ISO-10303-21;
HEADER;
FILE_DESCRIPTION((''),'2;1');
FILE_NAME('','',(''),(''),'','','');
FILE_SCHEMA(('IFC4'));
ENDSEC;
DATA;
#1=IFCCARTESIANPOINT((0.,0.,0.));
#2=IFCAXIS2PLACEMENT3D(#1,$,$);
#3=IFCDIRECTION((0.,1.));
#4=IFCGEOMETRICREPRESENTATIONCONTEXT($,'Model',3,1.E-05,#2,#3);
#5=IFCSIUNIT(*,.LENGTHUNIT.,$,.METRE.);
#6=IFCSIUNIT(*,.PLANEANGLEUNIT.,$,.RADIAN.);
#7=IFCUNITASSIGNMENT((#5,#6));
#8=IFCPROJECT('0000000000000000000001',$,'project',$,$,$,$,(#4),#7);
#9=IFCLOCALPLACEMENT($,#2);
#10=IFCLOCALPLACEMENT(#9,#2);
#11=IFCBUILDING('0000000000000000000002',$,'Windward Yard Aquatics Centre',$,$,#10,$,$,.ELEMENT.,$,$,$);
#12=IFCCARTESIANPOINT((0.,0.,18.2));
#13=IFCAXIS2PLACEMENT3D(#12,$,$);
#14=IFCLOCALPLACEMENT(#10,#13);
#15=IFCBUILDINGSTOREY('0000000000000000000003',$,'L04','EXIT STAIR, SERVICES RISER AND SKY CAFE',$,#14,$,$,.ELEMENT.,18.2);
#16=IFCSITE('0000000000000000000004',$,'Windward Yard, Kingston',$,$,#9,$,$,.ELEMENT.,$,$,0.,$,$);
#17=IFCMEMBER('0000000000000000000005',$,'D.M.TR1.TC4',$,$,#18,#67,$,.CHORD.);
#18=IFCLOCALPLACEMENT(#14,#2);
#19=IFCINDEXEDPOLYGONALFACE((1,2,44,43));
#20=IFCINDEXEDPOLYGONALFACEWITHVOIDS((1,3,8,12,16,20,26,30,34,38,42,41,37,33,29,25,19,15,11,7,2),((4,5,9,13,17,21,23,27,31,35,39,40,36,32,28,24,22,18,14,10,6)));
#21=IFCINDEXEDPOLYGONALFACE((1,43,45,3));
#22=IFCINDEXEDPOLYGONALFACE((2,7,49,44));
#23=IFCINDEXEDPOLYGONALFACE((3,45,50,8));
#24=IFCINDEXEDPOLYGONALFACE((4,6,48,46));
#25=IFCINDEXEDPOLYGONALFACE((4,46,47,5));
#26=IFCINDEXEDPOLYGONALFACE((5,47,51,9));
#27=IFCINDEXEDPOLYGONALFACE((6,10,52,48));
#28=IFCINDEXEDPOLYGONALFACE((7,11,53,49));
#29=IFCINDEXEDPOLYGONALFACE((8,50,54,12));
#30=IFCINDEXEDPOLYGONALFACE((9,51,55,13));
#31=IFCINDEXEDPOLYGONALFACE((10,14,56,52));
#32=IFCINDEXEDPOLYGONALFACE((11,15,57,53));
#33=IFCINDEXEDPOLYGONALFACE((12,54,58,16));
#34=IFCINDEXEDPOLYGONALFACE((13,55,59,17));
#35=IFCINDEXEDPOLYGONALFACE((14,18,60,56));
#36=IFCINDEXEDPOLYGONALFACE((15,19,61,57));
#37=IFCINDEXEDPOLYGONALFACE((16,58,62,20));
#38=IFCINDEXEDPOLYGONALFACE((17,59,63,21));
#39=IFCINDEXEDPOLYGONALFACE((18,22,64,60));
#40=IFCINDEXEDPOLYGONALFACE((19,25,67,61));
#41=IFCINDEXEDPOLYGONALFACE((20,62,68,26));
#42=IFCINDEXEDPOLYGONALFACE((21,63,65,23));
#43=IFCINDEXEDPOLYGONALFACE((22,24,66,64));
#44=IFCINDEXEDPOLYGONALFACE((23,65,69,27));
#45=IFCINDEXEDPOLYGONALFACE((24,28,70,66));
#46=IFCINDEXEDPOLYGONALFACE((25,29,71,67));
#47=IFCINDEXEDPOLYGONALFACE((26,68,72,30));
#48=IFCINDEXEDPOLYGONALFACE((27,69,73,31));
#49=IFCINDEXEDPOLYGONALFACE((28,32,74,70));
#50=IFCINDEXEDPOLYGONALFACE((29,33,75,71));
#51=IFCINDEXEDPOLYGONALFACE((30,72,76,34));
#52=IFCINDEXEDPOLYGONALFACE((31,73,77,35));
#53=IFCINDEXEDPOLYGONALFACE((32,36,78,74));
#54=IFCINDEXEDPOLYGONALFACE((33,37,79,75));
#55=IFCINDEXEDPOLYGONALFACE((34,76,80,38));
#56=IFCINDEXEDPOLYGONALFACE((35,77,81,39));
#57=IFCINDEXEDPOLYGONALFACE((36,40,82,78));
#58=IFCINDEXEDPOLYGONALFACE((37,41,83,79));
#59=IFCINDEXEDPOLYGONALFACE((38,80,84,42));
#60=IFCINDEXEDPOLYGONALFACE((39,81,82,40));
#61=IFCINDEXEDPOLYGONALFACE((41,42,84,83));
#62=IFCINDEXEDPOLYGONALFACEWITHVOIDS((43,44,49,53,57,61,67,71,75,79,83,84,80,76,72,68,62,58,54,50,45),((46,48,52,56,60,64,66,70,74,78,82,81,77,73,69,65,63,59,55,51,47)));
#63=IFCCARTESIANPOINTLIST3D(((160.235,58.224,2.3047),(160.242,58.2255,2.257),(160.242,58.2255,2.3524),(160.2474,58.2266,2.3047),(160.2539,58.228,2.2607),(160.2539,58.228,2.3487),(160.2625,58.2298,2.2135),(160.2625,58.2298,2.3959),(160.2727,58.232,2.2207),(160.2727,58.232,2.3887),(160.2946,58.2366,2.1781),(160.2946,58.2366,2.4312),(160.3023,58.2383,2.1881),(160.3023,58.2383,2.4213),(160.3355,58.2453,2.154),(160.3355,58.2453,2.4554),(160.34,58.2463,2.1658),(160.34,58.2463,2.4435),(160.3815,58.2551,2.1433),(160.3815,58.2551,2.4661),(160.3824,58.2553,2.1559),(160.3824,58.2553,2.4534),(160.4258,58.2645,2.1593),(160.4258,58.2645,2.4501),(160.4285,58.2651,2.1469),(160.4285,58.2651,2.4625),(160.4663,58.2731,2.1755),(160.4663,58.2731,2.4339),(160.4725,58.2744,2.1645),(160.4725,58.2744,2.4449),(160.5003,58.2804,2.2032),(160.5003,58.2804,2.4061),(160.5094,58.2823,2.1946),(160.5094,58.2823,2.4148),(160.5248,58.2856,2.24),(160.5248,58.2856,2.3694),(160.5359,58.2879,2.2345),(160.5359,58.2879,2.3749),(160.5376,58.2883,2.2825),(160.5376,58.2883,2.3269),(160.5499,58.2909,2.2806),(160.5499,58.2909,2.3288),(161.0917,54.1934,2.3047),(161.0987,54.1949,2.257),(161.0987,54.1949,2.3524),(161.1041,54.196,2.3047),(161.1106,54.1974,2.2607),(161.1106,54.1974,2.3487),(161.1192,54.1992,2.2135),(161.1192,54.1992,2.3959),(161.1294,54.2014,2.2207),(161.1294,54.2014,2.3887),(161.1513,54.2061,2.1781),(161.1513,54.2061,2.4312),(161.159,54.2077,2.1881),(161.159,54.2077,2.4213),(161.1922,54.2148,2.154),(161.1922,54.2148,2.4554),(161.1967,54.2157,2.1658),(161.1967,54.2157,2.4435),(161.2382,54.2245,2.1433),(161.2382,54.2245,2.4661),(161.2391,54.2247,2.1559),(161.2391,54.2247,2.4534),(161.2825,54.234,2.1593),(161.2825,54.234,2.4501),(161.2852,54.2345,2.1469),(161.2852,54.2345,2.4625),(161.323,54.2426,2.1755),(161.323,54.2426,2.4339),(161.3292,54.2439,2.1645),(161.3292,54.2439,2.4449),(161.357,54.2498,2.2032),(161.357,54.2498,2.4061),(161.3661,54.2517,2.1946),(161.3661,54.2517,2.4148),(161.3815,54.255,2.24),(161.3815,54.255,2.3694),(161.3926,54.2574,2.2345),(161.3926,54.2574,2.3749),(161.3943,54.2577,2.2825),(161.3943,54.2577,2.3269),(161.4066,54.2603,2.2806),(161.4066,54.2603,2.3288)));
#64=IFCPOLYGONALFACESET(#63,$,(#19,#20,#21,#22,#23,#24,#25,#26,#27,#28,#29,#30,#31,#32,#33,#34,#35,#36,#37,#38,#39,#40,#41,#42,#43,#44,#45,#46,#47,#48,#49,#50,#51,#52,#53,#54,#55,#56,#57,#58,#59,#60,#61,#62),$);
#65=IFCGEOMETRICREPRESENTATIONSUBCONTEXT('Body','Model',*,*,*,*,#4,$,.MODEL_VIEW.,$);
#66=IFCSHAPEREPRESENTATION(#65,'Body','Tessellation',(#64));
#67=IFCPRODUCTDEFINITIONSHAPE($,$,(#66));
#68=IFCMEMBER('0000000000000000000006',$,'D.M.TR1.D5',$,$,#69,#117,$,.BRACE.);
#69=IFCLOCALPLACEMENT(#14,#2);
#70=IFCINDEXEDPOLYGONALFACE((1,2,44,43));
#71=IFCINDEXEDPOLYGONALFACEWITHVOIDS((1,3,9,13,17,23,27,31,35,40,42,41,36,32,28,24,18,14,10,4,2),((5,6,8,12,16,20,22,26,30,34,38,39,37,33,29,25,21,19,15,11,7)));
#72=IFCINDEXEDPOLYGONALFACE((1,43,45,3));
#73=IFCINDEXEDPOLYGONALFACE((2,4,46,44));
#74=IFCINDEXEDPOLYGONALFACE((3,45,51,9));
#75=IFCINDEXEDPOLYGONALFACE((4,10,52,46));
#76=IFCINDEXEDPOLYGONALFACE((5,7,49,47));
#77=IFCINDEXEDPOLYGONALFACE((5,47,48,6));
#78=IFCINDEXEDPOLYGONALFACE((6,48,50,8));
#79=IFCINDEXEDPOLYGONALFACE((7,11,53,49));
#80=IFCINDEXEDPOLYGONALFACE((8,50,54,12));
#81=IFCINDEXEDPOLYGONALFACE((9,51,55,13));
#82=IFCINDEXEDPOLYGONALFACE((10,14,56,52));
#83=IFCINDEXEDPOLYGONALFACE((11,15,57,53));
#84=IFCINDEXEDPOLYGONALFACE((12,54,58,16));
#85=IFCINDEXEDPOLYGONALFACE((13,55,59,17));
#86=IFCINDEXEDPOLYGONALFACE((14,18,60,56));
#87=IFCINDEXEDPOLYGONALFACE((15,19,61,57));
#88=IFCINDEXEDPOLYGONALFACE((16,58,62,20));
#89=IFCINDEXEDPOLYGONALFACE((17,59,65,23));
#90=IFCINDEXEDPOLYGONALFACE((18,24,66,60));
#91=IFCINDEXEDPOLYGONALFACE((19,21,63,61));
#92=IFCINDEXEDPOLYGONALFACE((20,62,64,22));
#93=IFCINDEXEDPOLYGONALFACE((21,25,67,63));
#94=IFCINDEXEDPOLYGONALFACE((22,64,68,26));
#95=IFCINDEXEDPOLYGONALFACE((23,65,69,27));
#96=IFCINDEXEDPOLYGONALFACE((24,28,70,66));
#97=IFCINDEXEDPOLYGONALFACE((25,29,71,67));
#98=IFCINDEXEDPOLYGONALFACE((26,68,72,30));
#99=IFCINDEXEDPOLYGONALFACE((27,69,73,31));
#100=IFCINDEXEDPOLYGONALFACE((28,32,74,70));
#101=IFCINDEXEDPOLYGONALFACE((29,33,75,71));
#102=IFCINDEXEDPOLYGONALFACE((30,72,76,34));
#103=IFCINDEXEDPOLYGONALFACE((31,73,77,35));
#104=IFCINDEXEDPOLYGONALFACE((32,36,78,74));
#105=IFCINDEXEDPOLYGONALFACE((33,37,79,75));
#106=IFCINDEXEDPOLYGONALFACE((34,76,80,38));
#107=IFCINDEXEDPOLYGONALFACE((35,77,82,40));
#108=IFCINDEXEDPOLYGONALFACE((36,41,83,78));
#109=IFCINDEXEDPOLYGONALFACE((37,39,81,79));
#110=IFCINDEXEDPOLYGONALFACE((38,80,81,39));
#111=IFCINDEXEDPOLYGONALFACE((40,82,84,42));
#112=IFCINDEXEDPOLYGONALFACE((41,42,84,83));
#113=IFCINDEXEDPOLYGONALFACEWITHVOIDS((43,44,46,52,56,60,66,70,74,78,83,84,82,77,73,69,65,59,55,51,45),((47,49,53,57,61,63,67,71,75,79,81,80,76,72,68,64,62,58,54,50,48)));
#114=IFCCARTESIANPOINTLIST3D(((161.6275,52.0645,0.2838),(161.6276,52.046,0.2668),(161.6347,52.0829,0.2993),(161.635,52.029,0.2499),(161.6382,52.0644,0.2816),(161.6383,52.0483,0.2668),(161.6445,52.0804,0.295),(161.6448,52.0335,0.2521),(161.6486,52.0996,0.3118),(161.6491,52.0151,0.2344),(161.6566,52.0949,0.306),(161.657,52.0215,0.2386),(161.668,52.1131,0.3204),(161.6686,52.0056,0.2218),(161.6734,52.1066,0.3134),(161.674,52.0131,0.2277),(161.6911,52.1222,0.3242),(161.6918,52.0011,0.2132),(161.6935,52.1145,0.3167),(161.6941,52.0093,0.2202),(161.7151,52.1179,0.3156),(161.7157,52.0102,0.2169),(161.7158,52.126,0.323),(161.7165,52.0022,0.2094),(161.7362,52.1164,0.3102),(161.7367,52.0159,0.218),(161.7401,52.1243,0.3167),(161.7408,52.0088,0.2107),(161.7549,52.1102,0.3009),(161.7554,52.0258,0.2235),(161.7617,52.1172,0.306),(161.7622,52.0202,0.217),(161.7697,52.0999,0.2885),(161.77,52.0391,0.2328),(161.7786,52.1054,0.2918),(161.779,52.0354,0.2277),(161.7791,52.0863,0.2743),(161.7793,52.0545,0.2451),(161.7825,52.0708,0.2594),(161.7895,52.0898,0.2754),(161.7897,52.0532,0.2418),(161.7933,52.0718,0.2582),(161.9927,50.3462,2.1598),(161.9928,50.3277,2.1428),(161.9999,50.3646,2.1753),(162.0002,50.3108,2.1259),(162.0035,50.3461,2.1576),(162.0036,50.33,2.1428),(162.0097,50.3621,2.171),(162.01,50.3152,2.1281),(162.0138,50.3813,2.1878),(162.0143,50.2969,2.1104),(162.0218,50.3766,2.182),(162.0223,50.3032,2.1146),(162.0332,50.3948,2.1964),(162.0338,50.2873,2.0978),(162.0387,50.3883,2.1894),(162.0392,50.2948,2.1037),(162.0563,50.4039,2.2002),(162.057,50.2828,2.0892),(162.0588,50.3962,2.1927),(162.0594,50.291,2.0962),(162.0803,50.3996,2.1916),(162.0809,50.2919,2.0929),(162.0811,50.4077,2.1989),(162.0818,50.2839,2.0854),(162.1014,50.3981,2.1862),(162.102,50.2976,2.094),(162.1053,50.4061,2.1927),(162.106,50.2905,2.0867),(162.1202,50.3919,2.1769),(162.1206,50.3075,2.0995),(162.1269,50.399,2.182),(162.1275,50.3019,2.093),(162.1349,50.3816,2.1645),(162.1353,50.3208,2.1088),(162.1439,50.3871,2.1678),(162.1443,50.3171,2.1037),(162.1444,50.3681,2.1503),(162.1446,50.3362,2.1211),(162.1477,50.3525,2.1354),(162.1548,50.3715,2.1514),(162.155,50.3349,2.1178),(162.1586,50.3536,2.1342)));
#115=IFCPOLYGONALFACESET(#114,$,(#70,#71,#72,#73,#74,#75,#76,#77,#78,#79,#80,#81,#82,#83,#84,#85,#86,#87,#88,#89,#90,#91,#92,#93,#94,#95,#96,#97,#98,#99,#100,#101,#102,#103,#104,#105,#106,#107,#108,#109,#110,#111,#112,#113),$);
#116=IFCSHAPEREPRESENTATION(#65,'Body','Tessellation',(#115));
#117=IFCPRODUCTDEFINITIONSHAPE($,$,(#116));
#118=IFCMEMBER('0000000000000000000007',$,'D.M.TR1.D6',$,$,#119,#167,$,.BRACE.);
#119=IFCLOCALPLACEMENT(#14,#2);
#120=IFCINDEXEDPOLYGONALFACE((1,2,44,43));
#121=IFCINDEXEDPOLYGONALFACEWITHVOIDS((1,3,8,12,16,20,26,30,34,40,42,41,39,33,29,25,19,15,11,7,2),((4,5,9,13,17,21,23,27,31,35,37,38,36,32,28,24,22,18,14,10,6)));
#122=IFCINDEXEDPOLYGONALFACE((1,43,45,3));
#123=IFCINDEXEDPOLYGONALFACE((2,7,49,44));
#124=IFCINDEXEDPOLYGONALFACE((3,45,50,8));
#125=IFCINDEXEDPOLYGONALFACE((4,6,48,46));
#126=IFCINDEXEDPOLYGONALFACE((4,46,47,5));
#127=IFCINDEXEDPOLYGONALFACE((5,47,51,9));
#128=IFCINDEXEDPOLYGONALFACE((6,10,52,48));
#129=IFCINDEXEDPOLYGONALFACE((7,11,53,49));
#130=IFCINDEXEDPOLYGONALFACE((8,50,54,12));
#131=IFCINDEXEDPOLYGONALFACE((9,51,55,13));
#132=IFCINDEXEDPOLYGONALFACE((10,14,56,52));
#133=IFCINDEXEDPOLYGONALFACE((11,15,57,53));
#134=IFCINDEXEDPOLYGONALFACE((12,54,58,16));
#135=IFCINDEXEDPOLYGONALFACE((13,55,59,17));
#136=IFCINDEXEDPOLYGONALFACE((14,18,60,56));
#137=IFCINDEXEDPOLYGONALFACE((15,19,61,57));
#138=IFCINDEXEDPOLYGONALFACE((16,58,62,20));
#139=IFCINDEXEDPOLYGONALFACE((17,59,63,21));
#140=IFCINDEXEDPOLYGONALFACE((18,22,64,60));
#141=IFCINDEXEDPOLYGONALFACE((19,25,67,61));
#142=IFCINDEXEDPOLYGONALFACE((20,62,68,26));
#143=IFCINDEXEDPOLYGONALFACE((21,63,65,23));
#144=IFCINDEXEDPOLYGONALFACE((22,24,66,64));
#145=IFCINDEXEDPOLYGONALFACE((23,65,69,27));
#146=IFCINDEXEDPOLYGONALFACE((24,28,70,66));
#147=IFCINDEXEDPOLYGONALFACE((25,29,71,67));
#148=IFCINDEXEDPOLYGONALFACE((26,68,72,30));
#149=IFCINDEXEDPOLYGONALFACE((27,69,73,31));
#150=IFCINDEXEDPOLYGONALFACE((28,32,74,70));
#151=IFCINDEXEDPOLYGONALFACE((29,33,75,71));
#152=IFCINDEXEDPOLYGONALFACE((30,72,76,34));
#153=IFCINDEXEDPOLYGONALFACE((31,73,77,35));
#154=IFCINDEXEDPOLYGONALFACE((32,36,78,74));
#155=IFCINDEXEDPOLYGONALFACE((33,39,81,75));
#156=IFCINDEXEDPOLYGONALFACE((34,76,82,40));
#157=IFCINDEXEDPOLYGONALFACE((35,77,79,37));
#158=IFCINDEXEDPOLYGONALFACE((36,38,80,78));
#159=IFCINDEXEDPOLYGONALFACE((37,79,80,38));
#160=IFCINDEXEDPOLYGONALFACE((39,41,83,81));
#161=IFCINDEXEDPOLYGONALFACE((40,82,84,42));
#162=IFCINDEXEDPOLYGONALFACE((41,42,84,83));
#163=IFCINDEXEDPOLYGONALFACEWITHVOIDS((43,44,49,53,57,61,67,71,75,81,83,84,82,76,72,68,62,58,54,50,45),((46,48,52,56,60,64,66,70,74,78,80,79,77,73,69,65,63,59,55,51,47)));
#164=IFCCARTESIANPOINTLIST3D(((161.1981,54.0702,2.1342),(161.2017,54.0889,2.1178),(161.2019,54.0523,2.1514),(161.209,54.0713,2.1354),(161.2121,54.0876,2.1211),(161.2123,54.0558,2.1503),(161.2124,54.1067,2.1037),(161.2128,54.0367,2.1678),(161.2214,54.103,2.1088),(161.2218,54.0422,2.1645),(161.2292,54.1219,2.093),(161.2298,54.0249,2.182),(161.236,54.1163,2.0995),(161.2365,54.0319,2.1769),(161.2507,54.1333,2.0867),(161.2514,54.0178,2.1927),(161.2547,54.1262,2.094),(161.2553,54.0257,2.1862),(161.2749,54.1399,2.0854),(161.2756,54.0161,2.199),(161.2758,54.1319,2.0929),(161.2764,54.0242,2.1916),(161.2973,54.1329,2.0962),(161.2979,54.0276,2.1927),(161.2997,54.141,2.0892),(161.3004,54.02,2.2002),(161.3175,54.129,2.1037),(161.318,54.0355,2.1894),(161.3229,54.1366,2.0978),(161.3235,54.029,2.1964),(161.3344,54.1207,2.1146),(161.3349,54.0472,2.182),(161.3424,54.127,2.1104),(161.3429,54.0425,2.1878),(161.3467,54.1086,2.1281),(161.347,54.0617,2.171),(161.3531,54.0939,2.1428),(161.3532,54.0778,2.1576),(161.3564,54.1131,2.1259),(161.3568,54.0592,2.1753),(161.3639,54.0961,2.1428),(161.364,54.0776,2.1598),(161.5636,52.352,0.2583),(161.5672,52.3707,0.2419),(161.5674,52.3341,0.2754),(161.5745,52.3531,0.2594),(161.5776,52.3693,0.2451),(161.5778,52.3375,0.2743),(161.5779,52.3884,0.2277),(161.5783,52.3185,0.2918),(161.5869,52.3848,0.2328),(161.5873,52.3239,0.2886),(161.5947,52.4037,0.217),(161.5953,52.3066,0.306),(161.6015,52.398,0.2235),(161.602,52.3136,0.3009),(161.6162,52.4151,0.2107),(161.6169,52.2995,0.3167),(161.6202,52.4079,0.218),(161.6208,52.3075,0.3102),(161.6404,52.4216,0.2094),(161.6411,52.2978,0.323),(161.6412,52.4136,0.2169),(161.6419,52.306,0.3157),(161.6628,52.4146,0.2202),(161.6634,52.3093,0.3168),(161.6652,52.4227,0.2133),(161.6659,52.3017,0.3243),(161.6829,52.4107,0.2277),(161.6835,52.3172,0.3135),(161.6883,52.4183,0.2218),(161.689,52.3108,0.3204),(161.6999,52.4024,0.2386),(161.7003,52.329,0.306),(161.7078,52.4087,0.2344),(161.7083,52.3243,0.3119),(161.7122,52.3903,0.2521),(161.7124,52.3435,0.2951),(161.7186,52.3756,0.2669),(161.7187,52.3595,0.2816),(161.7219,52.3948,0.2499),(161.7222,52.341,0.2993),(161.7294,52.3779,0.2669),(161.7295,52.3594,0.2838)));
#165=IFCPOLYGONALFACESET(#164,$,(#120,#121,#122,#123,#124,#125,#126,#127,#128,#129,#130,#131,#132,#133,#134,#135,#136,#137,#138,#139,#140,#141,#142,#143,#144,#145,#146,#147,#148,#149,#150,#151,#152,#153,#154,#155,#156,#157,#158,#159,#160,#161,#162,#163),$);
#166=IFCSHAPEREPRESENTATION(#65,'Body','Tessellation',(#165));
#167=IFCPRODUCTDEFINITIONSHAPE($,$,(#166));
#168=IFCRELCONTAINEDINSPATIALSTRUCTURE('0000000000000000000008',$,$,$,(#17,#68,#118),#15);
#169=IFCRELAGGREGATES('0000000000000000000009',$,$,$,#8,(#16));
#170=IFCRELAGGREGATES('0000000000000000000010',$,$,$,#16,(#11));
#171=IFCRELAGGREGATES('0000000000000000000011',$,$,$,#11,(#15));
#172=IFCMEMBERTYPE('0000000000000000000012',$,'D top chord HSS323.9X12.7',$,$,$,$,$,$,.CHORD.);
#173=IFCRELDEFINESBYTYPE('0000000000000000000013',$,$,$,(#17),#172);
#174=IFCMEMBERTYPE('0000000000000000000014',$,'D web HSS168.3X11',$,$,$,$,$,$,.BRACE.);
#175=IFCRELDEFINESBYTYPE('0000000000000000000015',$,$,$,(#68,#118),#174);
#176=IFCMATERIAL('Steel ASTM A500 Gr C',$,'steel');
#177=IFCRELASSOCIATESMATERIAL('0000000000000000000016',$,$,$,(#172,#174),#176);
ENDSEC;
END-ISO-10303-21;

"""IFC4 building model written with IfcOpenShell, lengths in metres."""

from ifc_helpers import new_model, si_unit, direction, frame, origin, origin_2d, place, context, subcontext, project, spatial, hollow_circle, extrude, material, material_profile, profile_set, type_object, element, save


model = new_model("IFC4")

# Units and contexts
model_context = context("Model", 3, precision=1e-05, world=origin(), true_north=direction((0.0, 1.0)))
body_context = subcontext(model_context, "Body", "Model", "MODEL_VIEW")
ifc_project = project(units=[si_unit("LENGTHUNIT", "METRE"), si_unit("PLANEANGLEUNIT", "RADIAN")], contexts=[model_context])

# Site, building, storey
site_placement = place(None, origin())
site = spatial("IfcSite", under=ifc_project, at=site_placement, Name="Windward Yard, Kingston", CompositionType="ELEMENT", RefElevation=0.0)
building_placement = place(site_placement, origin())
building = spatial("IfcBuilding", under=site, at=building_placement, Name="Windward Yard Aquatics Centre", CompositionType="ELEMENT")
storey_placement = place(building_placement, frame((0.0, 0.0, 18.2)))
storey = spatial("IfcBuildingStorey", under=building, at=storey_placement, Name="L04", Description="EXIT STAIR, SERVICES RISER AND SKY CAFE", CompositionType="ELEMENT", Elevation=18.2)

# Shared definitions
ifc_material_1 = material(Name="Steel ASTM A500 Gr C", Category="steel")

# Members
ifc_material_profile_1 = material_profile(ifc_material_1, hollow_circle(Radius=0.1619, WallThickness=0.0127, at=origin_2d()), Name="HSS323.9X12.7")
ifc_profile_set_1 = profile_set([ifc_material_profile_1], Name="Steel ASTM A500 Gr C")
member_type_1 = type_object("IfcMemberType", Name="D top chord HSS323.9X12.7", PredefinedType="CHORD", material=ifc_profile_set_1)
member_1_placement = place(storey_placement, frame((161.25, 54.2271, 2.3047), z_axis=(-0.207906, 0.978149, 0.0), x_axis=(-0.978149, -0.207906, 0.0)))
element("IfcMember", 1, at=member_1_placement, inside=storey, type_object=member_type_1, Name="D.M.TR1.TC4", PredefinedType="CHORD", context=body_context, shape_type="SweptSolid", body=[
    extrude(hollow_circle(Radius=0.1619, WallThickness=0.0127, at=origin_2d()), origin(), (0.0, 0.0, 1.0), 4.1206),
])
ifc_material_profile_2 = material_profile(ifc_material_1, hollow_circle(Radius=0.0842, WallThickness=0.011, at=origin_2d()), Name="HSS168.3X11")
ifc_profile_set_2 = profile_set([ifc_material_profile_2], Name="Steel ASTM A500 Gr C")
member_type_2 = type_object("IfcMemberType", Name="D web HSS168.3X11", PredefinedType="BRACE", material=ifc_profile_set_2)
for number, where, z_axis, x_axis, name in (
    (2, (162.0752, 50.3452, 2.1428), (-0.142112, 0.668574, -0.729941), (-0.978147, -0.207915, 0.0), "D.M.TR1.D5"),
    (3, (161.2815, 54.0786, 2.1428), (0.142205, -0.668565, -0.729931), (0.978119, 0.208048, 0.0), "D.M.TR1.D6"),
):
    element("IfcMember", number, at=place(storey_placement, frame(where, z_axis=z_axis, x_axis=x_axis)), inside=storey, type_object=member_type_2, Name=name, PredefinedType="BRACE", context=body_context, shape_type="SweptSolid", body=[
        extrude(hollow_circle(Radius=0.0842, WallThickness=0.011, at=origin_2d()), origin(), (0.0, 0.0, 1.0), 2.5701),
    ])

save(model, "model.ifc")
